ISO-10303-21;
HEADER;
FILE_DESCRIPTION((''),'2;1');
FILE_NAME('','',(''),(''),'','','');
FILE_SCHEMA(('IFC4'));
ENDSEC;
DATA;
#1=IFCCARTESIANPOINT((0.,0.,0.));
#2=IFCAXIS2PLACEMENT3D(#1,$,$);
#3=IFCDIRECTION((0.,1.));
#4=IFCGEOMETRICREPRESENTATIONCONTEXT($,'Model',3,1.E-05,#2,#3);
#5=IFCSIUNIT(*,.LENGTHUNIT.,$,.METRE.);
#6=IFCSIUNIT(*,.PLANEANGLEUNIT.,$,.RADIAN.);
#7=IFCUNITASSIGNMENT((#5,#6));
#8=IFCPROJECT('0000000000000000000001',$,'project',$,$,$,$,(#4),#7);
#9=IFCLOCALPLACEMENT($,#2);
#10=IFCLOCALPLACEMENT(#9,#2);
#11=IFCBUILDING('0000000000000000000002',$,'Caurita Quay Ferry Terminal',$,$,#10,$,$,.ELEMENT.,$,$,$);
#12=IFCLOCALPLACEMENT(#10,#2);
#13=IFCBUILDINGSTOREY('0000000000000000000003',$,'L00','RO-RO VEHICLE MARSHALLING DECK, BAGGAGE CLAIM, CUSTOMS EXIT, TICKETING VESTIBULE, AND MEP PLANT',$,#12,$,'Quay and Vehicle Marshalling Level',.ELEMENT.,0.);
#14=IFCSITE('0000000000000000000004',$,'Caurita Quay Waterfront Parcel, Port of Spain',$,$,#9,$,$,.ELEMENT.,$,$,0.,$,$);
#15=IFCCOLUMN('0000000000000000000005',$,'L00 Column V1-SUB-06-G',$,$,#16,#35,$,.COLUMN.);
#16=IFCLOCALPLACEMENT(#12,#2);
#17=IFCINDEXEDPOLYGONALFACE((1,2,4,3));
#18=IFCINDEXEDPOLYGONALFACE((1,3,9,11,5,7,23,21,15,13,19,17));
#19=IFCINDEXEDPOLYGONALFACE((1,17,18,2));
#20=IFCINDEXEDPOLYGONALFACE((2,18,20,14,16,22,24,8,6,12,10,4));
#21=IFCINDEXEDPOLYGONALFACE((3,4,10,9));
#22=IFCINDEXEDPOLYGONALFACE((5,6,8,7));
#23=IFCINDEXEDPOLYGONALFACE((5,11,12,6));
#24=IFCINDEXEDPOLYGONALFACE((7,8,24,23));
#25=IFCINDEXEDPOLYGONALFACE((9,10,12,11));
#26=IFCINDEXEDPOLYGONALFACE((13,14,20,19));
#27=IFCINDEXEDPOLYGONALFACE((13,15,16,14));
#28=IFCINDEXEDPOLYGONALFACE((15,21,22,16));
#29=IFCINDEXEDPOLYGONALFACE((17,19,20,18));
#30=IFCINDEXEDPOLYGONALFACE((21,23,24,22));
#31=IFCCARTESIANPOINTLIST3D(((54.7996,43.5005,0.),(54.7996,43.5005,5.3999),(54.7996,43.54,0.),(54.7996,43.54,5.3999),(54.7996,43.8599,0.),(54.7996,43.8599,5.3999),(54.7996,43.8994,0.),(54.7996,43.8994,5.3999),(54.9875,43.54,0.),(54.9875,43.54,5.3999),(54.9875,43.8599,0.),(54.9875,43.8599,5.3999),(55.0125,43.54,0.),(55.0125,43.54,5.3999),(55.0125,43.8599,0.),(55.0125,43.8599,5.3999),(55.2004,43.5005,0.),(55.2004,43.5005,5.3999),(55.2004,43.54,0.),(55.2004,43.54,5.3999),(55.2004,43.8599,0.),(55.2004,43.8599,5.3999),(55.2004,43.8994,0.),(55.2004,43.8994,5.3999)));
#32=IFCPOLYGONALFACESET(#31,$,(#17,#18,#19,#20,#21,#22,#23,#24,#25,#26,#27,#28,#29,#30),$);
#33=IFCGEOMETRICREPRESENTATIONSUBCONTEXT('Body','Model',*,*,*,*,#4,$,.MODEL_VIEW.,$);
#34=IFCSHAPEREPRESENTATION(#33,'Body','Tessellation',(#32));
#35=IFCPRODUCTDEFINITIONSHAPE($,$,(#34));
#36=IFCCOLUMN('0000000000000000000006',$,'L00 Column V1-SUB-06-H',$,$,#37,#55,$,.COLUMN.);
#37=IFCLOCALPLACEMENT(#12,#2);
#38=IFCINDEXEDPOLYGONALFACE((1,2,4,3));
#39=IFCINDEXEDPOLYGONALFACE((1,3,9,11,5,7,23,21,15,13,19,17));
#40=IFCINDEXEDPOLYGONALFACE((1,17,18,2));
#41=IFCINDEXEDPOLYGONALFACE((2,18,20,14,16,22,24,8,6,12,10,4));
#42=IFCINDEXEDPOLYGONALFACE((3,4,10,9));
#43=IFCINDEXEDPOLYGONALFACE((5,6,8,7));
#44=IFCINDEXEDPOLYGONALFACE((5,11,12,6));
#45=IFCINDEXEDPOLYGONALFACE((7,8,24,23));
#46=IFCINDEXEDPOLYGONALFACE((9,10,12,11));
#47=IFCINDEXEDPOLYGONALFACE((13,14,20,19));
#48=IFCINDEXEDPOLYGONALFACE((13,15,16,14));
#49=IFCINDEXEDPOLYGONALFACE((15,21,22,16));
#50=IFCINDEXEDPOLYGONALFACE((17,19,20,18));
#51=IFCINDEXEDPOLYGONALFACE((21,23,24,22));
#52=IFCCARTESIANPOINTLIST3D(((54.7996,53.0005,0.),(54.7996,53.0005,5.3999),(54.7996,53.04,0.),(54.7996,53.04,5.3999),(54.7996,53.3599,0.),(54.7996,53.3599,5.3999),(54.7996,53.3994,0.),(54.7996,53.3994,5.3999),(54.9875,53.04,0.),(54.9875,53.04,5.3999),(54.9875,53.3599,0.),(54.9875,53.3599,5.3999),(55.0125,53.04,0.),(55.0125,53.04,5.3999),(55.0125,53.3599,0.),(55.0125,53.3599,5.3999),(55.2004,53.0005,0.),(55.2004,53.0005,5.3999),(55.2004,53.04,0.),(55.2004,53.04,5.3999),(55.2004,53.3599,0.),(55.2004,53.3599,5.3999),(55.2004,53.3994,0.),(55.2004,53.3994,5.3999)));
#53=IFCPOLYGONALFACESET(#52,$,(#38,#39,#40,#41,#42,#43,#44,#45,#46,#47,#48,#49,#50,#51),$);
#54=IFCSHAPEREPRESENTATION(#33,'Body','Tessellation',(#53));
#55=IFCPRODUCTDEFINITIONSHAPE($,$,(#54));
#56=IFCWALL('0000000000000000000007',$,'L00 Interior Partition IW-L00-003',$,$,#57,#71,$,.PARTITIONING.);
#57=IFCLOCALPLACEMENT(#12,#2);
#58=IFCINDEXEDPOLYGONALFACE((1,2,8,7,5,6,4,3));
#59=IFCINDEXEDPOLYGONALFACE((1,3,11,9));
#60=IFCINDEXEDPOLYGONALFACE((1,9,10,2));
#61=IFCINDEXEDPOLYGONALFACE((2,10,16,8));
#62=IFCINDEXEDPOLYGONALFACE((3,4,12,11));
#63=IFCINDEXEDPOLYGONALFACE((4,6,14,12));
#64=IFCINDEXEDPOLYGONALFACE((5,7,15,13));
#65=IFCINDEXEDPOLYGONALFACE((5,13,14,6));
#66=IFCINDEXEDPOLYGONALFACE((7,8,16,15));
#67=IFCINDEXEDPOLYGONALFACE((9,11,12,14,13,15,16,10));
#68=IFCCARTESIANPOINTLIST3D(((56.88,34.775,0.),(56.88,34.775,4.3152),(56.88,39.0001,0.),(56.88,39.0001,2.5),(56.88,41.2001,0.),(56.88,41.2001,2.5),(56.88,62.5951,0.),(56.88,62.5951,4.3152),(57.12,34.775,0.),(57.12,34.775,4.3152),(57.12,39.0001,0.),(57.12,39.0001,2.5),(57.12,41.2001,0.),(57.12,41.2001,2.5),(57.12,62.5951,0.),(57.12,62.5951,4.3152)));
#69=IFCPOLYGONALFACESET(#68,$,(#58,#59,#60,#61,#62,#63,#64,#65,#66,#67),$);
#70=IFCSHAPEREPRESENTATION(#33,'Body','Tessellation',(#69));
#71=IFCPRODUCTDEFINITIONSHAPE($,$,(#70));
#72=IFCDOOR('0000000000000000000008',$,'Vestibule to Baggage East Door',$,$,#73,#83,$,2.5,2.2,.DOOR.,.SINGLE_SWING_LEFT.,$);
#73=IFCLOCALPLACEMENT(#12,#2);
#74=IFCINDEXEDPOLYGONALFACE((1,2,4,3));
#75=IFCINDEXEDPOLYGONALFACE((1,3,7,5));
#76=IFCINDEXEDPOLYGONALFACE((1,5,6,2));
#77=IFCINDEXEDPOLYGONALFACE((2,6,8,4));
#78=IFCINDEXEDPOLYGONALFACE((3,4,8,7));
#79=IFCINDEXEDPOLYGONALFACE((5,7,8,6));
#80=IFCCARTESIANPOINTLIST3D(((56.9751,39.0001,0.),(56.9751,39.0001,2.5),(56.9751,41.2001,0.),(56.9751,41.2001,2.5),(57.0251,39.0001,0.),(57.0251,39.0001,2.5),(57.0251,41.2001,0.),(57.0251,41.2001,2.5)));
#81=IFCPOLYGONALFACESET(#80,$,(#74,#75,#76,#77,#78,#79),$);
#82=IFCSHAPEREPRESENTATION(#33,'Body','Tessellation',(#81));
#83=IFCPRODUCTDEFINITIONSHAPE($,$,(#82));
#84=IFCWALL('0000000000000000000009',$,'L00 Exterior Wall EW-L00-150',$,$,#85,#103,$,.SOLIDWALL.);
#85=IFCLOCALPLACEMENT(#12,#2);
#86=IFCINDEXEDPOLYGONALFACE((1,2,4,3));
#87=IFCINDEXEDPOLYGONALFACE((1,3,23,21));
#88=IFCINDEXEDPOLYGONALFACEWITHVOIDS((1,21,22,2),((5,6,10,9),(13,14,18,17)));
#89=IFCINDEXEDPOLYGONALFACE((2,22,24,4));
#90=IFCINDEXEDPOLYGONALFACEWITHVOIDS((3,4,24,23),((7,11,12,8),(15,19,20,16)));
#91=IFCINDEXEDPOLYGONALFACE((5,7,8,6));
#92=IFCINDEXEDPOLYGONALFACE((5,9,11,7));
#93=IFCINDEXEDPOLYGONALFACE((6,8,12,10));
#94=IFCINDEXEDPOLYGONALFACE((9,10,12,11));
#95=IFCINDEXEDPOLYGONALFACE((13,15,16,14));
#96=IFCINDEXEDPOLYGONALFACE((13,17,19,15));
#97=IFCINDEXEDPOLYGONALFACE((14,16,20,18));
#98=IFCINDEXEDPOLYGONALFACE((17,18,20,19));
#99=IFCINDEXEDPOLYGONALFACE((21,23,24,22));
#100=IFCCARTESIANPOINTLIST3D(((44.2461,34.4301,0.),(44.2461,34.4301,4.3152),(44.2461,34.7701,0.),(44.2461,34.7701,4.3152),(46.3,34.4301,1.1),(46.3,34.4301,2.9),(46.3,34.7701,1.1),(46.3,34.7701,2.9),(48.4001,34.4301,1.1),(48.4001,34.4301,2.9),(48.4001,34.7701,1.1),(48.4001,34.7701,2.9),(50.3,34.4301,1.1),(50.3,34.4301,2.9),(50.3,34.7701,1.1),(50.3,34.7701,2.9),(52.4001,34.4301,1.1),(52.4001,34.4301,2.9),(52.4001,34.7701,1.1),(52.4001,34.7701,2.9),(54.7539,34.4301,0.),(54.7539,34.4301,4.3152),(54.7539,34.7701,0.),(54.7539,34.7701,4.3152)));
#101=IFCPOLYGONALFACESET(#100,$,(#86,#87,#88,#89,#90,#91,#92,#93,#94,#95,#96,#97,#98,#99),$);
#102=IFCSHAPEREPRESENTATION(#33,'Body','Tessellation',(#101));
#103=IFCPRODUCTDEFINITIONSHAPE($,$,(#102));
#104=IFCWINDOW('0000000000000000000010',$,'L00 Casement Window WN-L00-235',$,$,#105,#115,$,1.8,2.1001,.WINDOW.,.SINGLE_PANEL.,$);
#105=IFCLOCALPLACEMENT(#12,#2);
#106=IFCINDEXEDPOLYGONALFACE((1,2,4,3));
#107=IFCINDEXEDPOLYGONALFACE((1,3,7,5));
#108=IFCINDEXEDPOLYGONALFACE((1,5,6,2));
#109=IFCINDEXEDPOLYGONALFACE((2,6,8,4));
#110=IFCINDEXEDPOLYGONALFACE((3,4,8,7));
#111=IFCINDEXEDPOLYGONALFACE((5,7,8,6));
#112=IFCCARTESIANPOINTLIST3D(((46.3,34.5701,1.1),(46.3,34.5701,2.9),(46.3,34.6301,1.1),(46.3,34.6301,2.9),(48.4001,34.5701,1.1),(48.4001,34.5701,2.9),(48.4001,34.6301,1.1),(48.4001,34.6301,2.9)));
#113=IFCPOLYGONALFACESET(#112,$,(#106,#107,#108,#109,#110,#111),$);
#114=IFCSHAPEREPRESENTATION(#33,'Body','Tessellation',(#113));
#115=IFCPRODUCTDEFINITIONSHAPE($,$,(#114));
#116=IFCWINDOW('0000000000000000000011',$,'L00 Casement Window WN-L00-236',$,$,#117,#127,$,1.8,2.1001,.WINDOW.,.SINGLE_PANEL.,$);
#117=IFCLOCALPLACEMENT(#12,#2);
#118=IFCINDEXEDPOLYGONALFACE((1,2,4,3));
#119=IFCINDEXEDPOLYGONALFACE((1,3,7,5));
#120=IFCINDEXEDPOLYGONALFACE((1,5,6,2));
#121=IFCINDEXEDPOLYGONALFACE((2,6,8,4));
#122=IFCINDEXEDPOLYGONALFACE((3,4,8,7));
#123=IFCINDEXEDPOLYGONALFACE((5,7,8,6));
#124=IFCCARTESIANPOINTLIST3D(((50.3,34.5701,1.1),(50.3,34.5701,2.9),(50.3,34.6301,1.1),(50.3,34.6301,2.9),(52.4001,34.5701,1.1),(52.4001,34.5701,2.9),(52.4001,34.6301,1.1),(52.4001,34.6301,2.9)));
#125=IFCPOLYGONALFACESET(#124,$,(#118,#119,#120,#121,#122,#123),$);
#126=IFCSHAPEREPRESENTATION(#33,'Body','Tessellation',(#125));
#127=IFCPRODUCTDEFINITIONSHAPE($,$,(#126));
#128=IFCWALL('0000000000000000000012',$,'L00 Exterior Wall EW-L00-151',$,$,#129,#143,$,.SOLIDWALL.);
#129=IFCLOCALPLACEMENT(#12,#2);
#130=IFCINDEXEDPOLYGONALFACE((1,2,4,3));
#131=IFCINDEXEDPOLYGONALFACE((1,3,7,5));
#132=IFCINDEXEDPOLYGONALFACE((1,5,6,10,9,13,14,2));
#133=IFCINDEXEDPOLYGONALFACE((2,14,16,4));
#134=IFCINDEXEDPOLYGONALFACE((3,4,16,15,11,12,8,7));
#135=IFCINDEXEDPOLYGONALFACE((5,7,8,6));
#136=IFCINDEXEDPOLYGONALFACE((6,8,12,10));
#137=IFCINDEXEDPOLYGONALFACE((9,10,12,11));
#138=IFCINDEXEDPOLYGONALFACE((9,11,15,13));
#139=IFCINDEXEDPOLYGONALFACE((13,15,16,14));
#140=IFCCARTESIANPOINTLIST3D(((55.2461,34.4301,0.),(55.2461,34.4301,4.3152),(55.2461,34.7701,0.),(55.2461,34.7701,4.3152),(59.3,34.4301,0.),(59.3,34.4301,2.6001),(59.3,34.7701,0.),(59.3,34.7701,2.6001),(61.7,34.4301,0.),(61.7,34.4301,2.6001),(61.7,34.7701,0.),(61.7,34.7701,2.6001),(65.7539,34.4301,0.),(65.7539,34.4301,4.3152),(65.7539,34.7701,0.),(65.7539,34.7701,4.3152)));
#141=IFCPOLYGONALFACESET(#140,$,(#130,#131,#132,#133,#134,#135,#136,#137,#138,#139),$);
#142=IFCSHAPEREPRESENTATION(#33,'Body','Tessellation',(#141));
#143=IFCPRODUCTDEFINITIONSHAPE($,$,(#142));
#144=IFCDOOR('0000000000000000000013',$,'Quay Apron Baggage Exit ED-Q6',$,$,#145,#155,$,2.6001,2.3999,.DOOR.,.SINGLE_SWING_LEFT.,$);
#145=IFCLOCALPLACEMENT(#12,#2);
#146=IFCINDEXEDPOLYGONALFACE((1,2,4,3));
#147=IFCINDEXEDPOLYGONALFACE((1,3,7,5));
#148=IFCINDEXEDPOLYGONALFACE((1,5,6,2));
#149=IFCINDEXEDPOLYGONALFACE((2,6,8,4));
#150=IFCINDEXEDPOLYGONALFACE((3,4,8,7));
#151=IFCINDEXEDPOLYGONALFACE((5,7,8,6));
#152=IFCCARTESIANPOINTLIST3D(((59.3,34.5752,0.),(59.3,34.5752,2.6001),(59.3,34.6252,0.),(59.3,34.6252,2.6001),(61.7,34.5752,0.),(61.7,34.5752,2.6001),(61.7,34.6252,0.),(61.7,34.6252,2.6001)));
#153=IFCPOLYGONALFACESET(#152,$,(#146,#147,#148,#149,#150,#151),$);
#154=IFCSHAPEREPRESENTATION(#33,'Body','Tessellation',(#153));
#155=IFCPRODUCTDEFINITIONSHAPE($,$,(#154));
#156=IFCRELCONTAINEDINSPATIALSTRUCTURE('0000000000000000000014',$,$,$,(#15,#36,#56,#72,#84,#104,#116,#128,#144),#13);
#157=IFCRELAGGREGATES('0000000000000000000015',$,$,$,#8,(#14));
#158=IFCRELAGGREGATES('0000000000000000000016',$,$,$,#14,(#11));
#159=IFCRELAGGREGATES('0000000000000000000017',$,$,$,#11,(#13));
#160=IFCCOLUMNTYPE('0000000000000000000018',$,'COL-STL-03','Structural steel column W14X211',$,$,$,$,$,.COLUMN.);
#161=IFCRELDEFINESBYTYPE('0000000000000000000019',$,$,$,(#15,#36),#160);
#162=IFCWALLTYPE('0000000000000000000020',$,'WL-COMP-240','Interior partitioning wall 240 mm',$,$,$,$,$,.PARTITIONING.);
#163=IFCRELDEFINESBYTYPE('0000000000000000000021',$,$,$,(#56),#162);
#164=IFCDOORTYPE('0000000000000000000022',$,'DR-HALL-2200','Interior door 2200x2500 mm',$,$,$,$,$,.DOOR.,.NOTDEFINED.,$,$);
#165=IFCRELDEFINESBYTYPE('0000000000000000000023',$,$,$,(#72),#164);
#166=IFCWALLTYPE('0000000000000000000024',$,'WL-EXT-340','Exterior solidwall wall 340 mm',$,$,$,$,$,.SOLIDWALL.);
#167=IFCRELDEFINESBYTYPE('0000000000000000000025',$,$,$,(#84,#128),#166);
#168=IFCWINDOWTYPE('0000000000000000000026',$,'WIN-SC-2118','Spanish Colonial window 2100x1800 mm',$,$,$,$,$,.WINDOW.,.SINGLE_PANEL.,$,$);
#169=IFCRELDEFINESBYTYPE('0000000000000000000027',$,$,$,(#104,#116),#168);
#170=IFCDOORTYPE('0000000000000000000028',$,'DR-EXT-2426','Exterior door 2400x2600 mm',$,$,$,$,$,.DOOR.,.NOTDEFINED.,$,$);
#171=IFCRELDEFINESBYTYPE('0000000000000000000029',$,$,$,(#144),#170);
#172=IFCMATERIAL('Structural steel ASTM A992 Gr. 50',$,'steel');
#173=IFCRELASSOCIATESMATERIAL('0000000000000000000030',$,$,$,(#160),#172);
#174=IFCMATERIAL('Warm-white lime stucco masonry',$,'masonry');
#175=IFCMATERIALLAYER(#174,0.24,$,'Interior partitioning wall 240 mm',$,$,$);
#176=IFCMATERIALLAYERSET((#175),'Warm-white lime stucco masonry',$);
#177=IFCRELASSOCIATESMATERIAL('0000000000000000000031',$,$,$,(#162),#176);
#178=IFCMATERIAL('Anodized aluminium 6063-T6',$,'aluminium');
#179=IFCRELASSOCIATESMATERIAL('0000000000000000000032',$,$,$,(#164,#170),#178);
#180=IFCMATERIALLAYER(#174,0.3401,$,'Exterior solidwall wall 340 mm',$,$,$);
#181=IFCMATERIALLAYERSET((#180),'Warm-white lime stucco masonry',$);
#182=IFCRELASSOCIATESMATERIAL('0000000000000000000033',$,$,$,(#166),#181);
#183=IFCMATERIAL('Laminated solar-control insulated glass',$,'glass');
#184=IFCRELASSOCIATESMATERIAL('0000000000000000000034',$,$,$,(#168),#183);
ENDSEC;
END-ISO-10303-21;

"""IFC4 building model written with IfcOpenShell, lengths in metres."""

from ifc_helpers import new_model, si_unit, direction, frame, frame_2d, origin, origin_2d, place, context, subcontext, project, spatial, rectangle, i_section, extrude, material, layer, layer_set, material_profile, profile_set, type_object, element, fill, save


model = new_model("IFC4")

# Units and contexts
model_context = context("Model", 3, precision=1e-05, world=origin(), true_north=direction((0.0, 1.0)))
body_context = subcontext(model_context, "Body", "Model", "MODEL_VIEW")
ifc_project = project(units=[si_unit("LENGTHUNIT", "METRE"), si_unit("PLANEANGLEUNIT", "RADIAN")], contexts=[model_context])

# Site, building, storey
site_placement = place(None, origin())
site = spatial("IfcSite", under=ifc_project, at=site_placement, Name="Caurita Quay Waterfront Parcel, Port of Spain", CompositionType="ELEMENT", RefElevation=0.0)
building_placement = place(site_placement, origin())
building = spatial("IfcBuilding", under=site, at=building_placement, Name="Caurita Quay Ferry Terminal", CompositionType="ELEMENT")
storey_placement = place(building_placement, origin())
storey = spatial("IfcBuildingStorey", under=building, at=storey_placement, Name="L00", Description="RO-RO VEHICLE MARSHALLING DECK, BAGGAGE CLAIM, CUSTOMS EXIT, TICKETING VESTIBULE, AND MEP PLANT", LongName="Quay and Vehicle Marshalling Level", CompositionType="ELEMENT", Elevation=0.0)

# Columns
ifc_material_1 = material(Name="Structural steel ASTM A992 Gr. 50", Category="steel")
ifc_material_profile_1 = material_profile(ifc_material_1, i_section(OverallWidth=0.4009, OverallDepth=0.3989, WebThickness=0.0249, FlangeThickness=0.0396, at=origin_2d()), Name="W14X211")
ifc_profile_set_1 = profile_set([ifc_material_profile_1], Name="Structural steel ASTM A992 Gr. 50")
column_type_1 = type_object("IfcColumnType", Name="COL-STL-03", Description="Structural steel column W14X211", PredefinedType="COLUMN", material=ifc_profile_set_1)
for number, where, z_axis, x_axis, name in (
    (1, (55.0, 43.7, 0.0), (0.0, 0.0, 1.0), (1.0, 0.0, 0.0), "L00 Column V1-SUB-06-G"),
    (2, (55.0, 53.2, 0.0), (0.0, 0.0, 1.0), (1.0, 0.0, 0.0), "L00 Column V1-SUB-06-H"),
):
    element("IfcColumn", number, at=place(storey_placement, frame(where, z_axis=z_axis, x_axis=x_axis)), inside=storey, type_object=column_type_1, Name=name, PredefinedType="COLUMN", context=body_context, shape_type="SweptSolid", body=[
        extrude(i_section(OverallWidth=0.4009, OverallDepth=0.3989, WebThickness=0.0249, FlangeThickness=0.0396, at=origin_2d()), origin(), (0.0, 0.0, 1.0), 5.3999),
    ])

# Wall, opening, door
ifc_material_2 = material(Name="Warm-white lime stucco masonry", Category="masonry")
ifc_layer_1 = layer(ifc_material_2, 0.24, Name="Interior partitioning wall 240 mm")
ifc_layer_set_1 = layer_set([ifc_layer_1], Name="Warm-white lime stucco masonry")
wall_type_1 = type_object("IfcWallType", Name="WL-COMP-240", Description="Interior partitioning wall 240 mm", PredefinedType="PARTITIONING", material=ifc_layer_set_1)
wall_1_placement = place(storey_placement, frame((57.0, 34.7749, 0.0), z_axis=(0.0, 0.0, 1.0), x_axis=(0.0, 1.0, 0.0)))
wall_1 = element("IfcWall", 3, at=wall_1_placement, inside=storey, type_object=wall_type_1, Name="L00 Interior Partition IW-L00-003", PredefinedType="PARTITIONING", context=body_context, shape_type="SweptSolid", body=[
    extrude(rectangle(XDim=27.8201, YDim=0.24, at=frame_2d((13.9102, 0.0))), origin(), (0.0, 0.0, 1.0), 4.3152),
])
opening_1_placement = place(wall_1_placement, frame((4.2251, 0.0, 0.0)))
opening_1 = element("IfcOpeningElement", 4, at=opening_1_placement, cuts=wall_1, PredefinedType="OPENING", context=body_context, shape_type="SweptSolid", body=[
    extrude(rectangle(XDim=2.2, YDim=2.5, at=frame_2d((1.1001, 1.25))), frame((0.0, 0.1299, 0.0), z_axis=(0.0, -1.0, 0.0), x_axis=(1.0, 0.0, 0.0)), (0.0, 0.0, 1.0), 0.26),
])
ifc_material_3 = material(Name="Anodized aluminium 6063-T6", Category="aluminium")
door_type_1 = type_object("IfcDoorType", Name="DR-HALL-2200", Description="Interior door 2200x2500 mm", OperationType="NOTDEFINED", PredefinedType="DOOR", material=ifc_material_3)
door_1_placement = place(opening_1_placement, origin())
door_1 = element("IfcDoor", 5, at=door_1_placement, inside=storey, type_object=door_type_1, Name="Vestibule to Baggage East Door", OperationType="SINGLE_SWING_LEFT", OverallHeight=2.5, OverallWidth=2.2, PredefinedType="DOOR", context=body_context, shape_type="SweptSolid", body=[
    extrude(rectangle(XDim=2.2, YDim=2.5, at=frame_2d((1.1001, 1.25))), frame((0.0, 0.0249, 0.0), z_axis=(0.0, -1.0, 0.0), x_axis=(1.0, 0.0, 0.0)), (0.0, 0.0, 1.0), 0.05),
])
fill(opening_1, door_1)

# Wall, openings, windows
ifc_layer_2 = layer(ifc_material_2, 0.3401, Name="Exterior solidwall wall 340 mm")
ifc_layer_set_2 = layer_set([ifc_layer_2], Name="Warm-white lime stucco masonry")
wall_type_2 = type_object("IfcWallType", Name="WL-EXT-340", Description="Exterior solidwall wall 340 mm", PredefinedType="SOLIDWALL", material=ifc_layer_set_2)
wall_2_placement = place(storey_placement, frame((44.2461, 34.6001, 0.0), z_axis=(0.0, 0.0, 1.0), x_axis=(1.0, 0.0, 0.0)))
wall_2 = element("IfcWall", 6, at=wall_2_placement, inside=storey, type_object=wall_type_2, Name="L00 Exterior Wall EW-L00-150", PredefinedType="SOLIDWALL", context=body_context, shape_type="SweptSolid", body=[
    extrude(rectangle(XDim=10.5078, YDim=0.3401, at=frame_2d((5.2539, 0.0))), origin(), (0.0, 0.0, 1.0), 4.3152),
])
opening_2_placement = place(wall_2_placement, frame((2.054, 0.0, 1.1001)))
opening_2 = element("IfcOpeningElement", 7, at=opening_2_placement, cuts=wall_2, PredefinedType="OPENING", context=body_context, shape_type="SweptSolid", body=[
    extrude(rectangle(XDim=2.1001, YDim=1.8, at=frame_2d((1.05, 0.8999))), frame((0.0, 0.1799, 0.0), z_axis=(0.0, -1.0, 0.0), x_axis=(1.0, 0.0, 0.0)), (0.0, 0.0, 1.0), 0.3601),
])
opening_3_placement = place(wall_2_placement, frame((6.054, 0.0, 1.1001)))
opening_3 = element("IfcOpeningElement", 8, at=opening_3_placement, cuts=wall_2, PredefinedType="OPENING", context=body_context, shape_type="SweptSolid", body=[
    extrude(rectangle(XDim=2.1001, YDim=1.8, at=frame_2d((1.05, 0.8999))), frame((0.0, 0.1799, 0.0), z_axis=(0.0, -1.0, 0.0), x_axis=(1.0, 0.0, 0.0)), (0.0, 0.0, 1.0), 0.3601),
])
ifc_material_4 = material(Name="Laminated solar-control insulated glass", Category="glass")
window_type = type_object("IfcWindowType", Name="WIN-SC-2118", Description="Spanish Colonial window 2100x1800 mm", PartitioningType="SINGLE_PANEL", PredefinedType="WINDOW", material=ifc_material_4)
window_1_placement = place(opening_2_placement, origin())
window_1 = element("IfcWindow", 9, at=window_1_placement, inside=storey, type_object=window_type, Name="L00 Casement Window WN-L00-235", OverallHeight=1.8, OverallWidth=2.1001, PartitioningType="SINGLE_PANEL", PredefinedType="WINDOW", context=body_context, shape_type="SweptSolid", body=[
    extrude(rectangle(XDim=2.1001, YDim=1.8, at=frame_2d((1.05, 0.8999))), frame((0.0, 0.03, 0.0), z_axis=(0.0, -1.0, 0.0), x_axis=(1.0, 0.0, 0.0)), (0.0, 0.0, 1.0), 0.0601),
])
fill(opening_2, window_1)
window_2_placement = place(opening_3_placement, origin())
window_2 = element("IfcWindow", 10, at=window_2_placement, inside=storey, type_object=window_type, Name="L00 Casement Window WN-L00-236", OverallHeight=1.8, OverallWidth=2.1001, PartitioningType="SINGLE_PANEL", PredefinedType="WINDOW", context=body_context, shape_type="SweptSolid", body=[
    extrude(rectangle(XDim=2.1001, YDim=1.8, at=frame_2d((1.05, 0.8999))), frame((0.0, 0.03, 0.0), z_axis=(0.0, -1.0, 0.0), x_axis=(1.0, 0.0, 0.0)), (0.0, 0.0, 1.0), 0.0601),
])
fill(opening_3, window_2)

# Wall, opening, door
wall_3_placement = place(storey_placement, frame((55.2461, 34.6001, 0.0), z_axis=(0.0, 0.0, 1.0), x_axis=(1.0, 0.0, 0.0)))
wall_3 = element("IfcWall", 11, at=wall_3_placement, inside=storey, type_object=wall_type_2, Name="L00 Exterior Wall EW-L00-151", PredefinedType="SOLIDWALL", context=body_context, shape_type="SweptSolid", body=[
    extrude(rectangle(XDim=10.5078, YDim=0.3401, at=frame_2d((5.2539, 0.0))), origin(), (0.0, 0.0, 1.0), 4.3152),
])
opening_4_placement = place(wall_3_placement, frame((4.054, 0.0, 0.0)))
opening_4 = element("IfcOpeningElement", 12, at=opening_4_placement, cuts=wall_3, PredefinedType="OPENING", context=body_context, shape_type="SweptSolid", body=[
    extrude(rectangle(XDim=2.3999, YDim=2.6001, at=frame_2d((1.2, 1.3))), frame((0.0, 0.1799, 0.0), z_axis=(0.0, -1.0, 0.0), x_axis=(1.0, 0.0, 0.0)), (0.0, 0.0, 1.0), 0.3601),
])
door_type_2 = type_object("IfcDoorType", Name="DR-EXT-2426", Description="Exterior door 2400x2600 mm", OperationType="NOTDEFINED", PredefinedType="DOOR", material=ifc_material_3)
door_2_placement = place(opening_4_placement, frame((2.3999, 0.0, 0.0), z_axis=(0.0, 0.0, 1.0), x_axis=(-1.0, 0.0, 0.0)))
door_2 = element("IfcDoor", 13, at=door_2_placement, inside=storey, type_object=door_type_2, Name="Quay Apron Baggage Exit ED-Q6", OperationType="SINGLE_SWING_LEFT", OverallHeight=2.6001, OverallWidth=2.3999, PredefinedType="DOOR", context=body_context, shape_type="SweptSolid", body=[
    extrude(rectangle(XDim=2.3999, YDim=2.6001, at=frame_2d((1.2, 1.3))), frame((0.0, 0.0249, 0.0), z_axis=(0.0, -1.0, 0.0), x_axis=(1.0, 0.0, 0.0)), (0.0, 0.0, 1.0), 0.05),
])
fill(opening_4, door_2)

save(model, "model.ifc")
